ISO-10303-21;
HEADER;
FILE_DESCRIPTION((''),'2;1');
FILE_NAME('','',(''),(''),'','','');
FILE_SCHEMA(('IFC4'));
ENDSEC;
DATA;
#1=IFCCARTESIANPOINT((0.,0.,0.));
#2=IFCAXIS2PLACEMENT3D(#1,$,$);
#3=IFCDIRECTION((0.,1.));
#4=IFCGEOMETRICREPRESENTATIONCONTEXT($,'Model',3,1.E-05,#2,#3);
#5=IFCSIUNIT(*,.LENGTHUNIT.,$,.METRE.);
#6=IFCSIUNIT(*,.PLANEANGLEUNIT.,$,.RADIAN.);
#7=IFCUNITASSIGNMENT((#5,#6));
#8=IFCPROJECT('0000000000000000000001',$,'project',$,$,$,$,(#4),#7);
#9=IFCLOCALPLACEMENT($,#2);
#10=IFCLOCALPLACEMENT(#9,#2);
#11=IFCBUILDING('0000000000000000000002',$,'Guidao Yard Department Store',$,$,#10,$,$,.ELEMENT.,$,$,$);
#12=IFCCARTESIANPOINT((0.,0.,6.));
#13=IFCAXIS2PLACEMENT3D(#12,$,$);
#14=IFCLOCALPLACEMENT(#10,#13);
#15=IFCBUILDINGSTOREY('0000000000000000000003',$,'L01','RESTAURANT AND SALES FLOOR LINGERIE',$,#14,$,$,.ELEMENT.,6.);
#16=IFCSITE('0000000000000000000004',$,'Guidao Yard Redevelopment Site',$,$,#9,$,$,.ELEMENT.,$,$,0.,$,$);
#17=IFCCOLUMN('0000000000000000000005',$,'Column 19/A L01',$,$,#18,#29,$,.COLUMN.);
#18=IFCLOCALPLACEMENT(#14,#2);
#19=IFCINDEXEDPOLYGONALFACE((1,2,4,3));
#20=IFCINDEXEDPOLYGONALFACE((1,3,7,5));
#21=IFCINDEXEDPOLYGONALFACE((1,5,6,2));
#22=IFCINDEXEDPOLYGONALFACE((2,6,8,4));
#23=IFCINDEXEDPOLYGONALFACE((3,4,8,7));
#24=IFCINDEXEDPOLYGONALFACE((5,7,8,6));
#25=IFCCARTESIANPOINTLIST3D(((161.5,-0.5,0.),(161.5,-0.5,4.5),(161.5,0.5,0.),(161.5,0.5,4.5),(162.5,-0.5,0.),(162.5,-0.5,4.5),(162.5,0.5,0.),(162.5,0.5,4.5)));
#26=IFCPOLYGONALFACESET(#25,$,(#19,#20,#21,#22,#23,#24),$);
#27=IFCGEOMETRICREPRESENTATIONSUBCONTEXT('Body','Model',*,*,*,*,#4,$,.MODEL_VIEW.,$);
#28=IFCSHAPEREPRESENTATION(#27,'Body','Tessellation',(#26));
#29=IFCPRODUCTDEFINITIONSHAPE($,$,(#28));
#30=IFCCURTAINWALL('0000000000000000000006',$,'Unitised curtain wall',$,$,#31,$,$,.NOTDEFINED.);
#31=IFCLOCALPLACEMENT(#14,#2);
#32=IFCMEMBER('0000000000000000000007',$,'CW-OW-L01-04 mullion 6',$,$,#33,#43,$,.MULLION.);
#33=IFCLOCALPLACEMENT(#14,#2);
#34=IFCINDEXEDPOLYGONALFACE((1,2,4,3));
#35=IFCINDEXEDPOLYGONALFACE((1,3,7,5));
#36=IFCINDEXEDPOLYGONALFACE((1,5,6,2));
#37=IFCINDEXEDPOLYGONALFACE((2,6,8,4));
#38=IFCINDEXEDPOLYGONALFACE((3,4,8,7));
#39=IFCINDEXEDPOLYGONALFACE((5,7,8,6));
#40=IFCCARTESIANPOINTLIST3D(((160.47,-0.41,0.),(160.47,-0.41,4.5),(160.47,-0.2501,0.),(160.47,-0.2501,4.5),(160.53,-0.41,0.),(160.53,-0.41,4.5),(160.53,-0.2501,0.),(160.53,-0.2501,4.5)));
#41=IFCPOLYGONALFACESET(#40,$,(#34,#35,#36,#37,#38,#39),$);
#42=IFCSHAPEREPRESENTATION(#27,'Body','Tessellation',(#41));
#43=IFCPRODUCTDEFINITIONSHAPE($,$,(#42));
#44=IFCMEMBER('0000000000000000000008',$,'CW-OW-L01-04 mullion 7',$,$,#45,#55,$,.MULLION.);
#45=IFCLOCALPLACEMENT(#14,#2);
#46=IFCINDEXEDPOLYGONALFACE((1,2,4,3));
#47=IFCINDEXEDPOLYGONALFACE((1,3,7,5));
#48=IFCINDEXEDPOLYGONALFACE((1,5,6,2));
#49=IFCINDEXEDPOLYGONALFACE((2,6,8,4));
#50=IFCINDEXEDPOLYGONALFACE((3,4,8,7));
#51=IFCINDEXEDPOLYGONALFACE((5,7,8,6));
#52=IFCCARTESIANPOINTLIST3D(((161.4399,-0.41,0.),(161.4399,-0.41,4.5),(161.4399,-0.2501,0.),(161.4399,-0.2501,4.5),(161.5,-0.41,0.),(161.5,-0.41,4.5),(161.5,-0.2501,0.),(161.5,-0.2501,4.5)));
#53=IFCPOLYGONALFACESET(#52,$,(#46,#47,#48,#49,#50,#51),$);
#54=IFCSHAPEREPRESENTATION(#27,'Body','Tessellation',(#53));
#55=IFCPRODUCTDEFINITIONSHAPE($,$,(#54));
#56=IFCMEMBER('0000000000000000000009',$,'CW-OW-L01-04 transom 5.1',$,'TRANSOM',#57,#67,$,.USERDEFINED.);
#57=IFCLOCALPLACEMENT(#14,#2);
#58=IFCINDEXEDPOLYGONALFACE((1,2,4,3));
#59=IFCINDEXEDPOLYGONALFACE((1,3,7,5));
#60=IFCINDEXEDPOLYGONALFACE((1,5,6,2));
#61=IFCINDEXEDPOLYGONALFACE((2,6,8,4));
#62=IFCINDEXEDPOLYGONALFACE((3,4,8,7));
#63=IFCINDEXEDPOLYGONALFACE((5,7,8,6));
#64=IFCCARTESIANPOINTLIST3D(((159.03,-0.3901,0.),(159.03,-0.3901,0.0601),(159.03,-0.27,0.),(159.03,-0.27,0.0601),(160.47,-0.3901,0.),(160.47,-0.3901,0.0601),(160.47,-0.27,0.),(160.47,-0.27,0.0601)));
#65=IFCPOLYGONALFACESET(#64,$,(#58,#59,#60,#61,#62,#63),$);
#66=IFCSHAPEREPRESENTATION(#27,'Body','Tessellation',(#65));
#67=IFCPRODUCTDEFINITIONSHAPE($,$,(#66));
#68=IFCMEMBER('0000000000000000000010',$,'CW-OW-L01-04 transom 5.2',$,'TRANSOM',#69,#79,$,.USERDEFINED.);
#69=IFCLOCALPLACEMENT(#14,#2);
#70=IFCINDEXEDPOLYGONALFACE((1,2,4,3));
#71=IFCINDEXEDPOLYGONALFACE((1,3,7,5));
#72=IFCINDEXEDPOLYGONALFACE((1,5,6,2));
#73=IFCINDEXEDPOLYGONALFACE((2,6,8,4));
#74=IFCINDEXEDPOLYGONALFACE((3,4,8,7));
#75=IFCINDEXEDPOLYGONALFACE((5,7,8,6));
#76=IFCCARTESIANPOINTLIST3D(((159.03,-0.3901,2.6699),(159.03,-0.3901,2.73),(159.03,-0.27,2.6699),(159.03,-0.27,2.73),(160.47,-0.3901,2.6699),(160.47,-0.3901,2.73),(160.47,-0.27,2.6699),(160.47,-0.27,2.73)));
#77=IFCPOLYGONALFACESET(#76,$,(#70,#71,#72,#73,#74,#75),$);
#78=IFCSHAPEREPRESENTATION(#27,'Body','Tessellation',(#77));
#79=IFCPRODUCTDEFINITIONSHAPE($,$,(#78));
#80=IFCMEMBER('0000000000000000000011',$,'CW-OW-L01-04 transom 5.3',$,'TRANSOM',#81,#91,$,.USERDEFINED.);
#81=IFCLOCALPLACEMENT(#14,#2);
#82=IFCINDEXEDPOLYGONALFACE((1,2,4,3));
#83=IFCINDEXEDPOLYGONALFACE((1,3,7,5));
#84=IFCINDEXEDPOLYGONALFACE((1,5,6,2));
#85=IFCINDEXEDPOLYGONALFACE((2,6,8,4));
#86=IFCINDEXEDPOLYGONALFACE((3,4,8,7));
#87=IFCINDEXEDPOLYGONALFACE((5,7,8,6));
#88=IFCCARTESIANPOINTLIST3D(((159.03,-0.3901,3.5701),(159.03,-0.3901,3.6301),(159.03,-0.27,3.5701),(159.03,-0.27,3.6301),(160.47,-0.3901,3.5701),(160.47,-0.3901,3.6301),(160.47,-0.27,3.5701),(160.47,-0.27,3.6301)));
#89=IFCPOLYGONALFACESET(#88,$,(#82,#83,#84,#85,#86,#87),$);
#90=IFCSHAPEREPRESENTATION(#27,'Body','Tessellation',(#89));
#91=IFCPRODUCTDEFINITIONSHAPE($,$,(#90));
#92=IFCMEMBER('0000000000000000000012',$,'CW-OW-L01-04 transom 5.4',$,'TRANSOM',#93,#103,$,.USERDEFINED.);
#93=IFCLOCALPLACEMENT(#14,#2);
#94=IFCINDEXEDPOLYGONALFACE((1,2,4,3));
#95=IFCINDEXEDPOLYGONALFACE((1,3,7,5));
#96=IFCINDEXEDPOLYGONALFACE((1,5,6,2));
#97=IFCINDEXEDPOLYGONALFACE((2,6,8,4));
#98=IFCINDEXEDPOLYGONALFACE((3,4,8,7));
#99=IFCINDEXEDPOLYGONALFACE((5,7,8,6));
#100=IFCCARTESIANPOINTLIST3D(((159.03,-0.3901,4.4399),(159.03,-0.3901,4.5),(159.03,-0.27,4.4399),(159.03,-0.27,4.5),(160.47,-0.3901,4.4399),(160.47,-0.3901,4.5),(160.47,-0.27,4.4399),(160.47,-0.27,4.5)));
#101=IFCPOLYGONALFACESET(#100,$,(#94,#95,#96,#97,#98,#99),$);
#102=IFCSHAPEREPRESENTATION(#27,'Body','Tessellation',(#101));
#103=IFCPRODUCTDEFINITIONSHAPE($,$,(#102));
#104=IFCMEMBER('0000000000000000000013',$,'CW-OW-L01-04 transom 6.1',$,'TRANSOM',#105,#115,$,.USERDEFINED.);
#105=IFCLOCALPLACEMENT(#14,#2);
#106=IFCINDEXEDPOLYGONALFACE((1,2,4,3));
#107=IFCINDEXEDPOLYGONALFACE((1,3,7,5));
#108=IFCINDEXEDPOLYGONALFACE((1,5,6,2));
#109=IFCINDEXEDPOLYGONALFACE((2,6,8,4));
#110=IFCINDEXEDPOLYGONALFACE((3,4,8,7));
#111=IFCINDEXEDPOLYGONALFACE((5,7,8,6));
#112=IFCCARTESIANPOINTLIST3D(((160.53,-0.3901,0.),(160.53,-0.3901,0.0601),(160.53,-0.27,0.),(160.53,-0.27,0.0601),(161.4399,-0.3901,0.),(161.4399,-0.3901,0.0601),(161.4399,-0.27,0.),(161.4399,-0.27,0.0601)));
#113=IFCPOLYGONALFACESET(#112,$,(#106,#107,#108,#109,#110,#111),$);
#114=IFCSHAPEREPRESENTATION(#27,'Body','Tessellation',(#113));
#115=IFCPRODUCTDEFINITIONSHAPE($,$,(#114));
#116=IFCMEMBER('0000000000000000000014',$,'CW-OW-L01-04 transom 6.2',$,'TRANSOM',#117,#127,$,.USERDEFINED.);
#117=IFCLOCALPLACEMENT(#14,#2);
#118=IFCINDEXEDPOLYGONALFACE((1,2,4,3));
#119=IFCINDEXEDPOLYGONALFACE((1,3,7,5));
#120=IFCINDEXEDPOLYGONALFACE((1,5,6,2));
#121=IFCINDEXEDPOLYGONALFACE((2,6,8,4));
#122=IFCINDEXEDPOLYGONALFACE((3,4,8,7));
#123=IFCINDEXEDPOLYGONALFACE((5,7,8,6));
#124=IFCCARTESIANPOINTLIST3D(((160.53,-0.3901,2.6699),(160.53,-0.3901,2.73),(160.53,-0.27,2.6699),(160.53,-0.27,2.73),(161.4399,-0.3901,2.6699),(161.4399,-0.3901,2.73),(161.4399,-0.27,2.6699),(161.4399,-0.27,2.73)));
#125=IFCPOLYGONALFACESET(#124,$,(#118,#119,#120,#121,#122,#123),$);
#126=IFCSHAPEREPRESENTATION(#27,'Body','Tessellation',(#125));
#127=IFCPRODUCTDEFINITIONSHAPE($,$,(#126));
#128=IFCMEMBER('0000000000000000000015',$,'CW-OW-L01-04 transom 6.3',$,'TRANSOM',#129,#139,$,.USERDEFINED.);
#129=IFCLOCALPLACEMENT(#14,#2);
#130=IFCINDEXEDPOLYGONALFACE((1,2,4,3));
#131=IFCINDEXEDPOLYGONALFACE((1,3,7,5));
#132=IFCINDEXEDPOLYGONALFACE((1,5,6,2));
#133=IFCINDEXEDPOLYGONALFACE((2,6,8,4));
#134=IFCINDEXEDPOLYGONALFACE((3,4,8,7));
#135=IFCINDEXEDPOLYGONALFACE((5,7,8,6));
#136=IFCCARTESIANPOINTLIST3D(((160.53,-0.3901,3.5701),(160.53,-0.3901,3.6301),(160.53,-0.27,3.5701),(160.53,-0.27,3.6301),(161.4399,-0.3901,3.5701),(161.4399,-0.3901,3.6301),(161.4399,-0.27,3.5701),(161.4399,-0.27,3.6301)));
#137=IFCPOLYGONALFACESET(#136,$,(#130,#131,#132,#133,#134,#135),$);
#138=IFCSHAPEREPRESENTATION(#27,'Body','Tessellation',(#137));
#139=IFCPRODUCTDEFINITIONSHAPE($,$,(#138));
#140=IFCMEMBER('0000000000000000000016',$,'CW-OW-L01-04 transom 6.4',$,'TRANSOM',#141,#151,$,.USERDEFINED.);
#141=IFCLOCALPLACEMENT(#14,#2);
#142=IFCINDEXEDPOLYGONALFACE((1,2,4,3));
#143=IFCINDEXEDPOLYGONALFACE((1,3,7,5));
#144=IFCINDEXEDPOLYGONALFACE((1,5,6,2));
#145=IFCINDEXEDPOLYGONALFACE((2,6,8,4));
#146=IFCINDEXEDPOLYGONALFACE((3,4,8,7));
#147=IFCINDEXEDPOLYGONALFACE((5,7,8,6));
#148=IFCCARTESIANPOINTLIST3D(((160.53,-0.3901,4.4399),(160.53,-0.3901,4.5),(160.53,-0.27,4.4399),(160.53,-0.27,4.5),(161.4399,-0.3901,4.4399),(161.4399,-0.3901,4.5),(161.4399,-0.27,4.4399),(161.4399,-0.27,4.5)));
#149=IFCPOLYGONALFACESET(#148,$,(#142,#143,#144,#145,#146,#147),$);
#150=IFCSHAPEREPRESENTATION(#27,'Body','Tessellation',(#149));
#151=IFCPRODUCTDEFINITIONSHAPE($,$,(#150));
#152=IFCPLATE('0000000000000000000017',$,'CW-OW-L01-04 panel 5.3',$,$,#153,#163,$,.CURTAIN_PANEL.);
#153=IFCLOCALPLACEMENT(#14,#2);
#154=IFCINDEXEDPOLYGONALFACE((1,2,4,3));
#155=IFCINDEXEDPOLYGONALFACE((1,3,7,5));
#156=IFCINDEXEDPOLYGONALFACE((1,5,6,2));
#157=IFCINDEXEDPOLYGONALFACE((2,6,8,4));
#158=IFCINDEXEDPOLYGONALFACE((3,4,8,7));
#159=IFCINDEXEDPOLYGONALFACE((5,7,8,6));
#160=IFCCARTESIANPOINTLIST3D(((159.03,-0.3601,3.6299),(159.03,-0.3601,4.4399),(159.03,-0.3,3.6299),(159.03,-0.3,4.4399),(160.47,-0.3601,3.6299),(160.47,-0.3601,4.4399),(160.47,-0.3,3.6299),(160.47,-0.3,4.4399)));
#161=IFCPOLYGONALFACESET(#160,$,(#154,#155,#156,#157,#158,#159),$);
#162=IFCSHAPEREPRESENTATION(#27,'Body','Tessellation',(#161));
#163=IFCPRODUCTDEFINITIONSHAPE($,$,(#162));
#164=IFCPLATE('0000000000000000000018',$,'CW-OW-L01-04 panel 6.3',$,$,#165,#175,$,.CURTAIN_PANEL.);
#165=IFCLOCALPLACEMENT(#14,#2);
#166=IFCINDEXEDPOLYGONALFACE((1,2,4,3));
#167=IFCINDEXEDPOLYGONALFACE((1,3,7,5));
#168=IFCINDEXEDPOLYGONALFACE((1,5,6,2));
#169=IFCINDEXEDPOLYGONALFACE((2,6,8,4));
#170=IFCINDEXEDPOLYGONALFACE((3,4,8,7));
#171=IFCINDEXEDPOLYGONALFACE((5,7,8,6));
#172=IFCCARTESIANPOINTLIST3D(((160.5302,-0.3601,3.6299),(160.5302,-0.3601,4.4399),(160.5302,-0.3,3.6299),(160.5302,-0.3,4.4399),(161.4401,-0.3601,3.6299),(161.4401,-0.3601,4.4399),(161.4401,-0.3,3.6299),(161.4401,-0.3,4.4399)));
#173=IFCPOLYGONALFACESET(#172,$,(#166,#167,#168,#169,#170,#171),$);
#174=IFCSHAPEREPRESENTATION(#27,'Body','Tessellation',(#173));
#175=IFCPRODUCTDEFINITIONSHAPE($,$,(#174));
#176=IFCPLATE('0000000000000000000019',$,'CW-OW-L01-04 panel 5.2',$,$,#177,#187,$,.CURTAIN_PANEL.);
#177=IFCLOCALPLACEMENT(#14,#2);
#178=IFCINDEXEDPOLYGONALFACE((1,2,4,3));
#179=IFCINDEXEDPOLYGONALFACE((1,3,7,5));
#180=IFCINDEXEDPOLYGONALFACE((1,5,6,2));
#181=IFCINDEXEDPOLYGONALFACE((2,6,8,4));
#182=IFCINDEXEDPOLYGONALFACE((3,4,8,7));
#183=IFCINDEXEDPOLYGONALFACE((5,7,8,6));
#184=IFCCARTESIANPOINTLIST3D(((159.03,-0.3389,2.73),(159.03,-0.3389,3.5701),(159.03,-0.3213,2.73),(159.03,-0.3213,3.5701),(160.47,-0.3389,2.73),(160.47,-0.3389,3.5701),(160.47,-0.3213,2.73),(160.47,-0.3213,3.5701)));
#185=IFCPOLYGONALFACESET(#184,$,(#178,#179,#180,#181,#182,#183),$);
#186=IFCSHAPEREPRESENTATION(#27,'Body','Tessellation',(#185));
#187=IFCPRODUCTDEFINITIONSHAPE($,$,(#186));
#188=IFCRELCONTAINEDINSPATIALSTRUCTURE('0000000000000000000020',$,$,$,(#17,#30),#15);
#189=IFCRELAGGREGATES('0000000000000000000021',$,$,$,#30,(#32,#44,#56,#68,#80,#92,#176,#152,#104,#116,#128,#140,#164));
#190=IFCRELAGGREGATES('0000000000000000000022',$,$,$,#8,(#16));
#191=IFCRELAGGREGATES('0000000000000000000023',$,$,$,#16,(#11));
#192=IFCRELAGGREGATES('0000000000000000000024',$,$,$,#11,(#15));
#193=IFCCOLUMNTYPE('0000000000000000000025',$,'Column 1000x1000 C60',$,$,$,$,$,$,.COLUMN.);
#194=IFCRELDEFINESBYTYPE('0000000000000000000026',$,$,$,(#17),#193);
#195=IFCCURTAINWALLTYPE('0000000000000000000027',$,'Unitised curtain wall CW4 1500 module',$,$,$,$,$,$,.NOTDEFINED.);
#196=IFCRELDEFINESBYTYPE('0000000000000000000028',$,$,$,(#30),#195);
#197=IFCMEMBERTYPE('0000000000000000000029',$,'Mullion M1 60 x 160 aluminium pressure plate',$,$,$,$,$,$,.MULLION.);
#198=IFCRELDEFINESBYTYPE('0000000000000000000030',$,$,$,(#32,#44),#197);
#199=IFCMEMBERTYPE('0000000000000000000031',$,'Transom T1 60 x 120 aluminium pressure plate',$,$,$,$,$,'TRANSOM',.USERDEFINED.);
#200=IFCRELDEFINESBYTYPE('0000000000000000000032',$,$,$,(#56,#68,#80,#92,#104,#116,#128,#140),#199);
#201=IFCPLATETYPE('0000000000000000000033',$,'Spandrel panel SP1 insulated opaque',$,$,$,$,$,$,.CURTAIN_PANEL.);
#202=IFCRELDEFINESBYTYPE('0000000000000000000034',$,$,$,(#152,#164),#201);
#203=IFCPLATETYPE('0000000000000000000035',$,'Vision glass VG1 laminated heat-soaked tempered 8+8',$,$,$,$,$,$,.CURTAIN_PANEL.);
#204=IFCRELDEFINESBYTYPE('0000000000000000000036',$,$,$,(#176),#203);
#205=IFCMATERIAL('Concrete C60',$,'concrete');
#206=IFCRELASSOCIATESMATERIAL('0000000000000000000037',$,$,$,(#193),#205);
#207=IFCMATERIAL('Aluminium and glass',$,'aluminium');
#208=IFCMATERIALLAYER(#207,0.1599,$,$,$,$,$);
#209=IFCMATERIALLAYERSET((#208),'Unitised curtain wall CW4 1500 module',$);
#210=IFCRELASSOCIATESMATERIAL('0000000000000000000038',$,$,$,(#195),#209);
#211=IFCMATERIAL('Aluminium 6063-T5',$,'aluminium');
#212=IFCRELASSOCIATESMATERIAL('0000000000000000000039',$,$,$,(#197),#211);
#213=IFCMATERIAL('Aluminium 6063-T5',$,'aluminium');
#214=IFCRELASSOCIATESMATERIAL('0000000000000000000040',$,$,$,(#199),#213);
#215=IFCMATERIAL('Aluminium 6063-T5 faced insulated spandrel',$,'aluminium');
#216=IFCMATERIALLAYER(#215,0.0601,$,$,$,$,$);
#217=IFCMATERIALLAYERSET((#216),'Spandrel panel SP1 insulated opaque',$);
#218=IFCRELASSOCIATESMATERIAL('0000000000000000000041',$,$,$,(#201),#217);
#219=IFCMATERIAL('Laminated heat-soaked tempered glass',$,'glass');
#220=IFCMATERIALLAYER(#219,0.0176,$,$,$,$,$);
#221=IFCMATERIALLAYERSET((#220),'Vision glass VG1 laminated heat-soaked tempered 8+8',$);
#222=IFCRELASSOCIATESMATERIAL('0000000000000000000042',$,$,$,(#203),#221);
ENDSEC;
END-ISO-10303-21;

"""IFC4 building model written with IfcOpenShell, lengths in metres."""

from ifc_helpers import new_model, si_unit, direction, frame, origin, origin_2d, place, context, subcontext, project, spatial, rectangle, extrude, material, layer, layer_set, material_profile, profile_set, type_object, element, aggregate, save


model = new_model("IFC4")

# Units and contexts
model_context = context("Model", 3, precision=1e-05, world=origin(), true_north=direction((0.0, 1.0)))
body_context = subcontext(model_context, "Body", "Model", "MODEL_VIEW")
ifc_project = project(units=[si_unit("LENGTHUNIT", "METRE"), si_unit("PLANEANGLEUNIT", "RADIAN")], contexts=[model_context])

# Site, building, storey
site_placement = place(None, origin())
site = spatial("IfcSite", under=ifc_project, at=site_placement, Name="Guidao Yard Redevelopment Site", CompositionType="ELEMENT", RefElevation=0.0)
building_placement = place(site_placement, origin())
building = spatial("IfcBuilding", under=site, at=building_placement, Name="Guidao Yard Department Store", CompositionType="ELEMENT")
storey_placement = place(building_placement, frame((0.0, 0.0, 6.0)))
storey = spatial("IfcBuildingStorey", under=building, at=storey_placement, Name="L01", Description="RESTAURANT AND SALES FLOOR LINGERIE", CompositionType="ELEMENT", Elevation=6.0)

# Column
ifc_material_1 = material(Name="Concrete C60", Category="concrete")
ifc_material_profile_1 = material_profile(ifc_material_1, rectangle(XDim=1.0, YDim=1.0, at=origin_2d()), Name="COL 1000x1000")
ifc_profile_set_1 = profile_set([ifc_material_profile_1], Name="Concrete C60")
column_type = type_object("IfcColumnType", Name="Column 1000x1000 C60", PredefinedType="COLUMN", material=ifc_profile_set_1)
column_placement = place(storey_placement, frame((162.0, 0.0, 0.0), z_axis=(0.0, 0.0, 1.0), x_axis=(1.0, 0.0, 0.0)))
element("IfcColumn", 1, at=column_placement, inside=storey, type_object=column_type, Name="Column 19/A L01", PredefinedType="COLUMN", context=body_context, shape_type="SweptSolid", body=[
    extrude(rectangle(XDim=1.0, YDim=1.0, at=origin_2d()), origin(), (0.0, 0.0, 1.0), 4.5),
])

# Curtain wall, members, plates
ifc_material_2 = material(Name="Aluminium and glass", Category="aluminium")
ifc_layer_1 = layer(ifc_material_2, 0.1599)
ifc_layer_set_1 = layer_set([ifc_layer_1], Name="Unitised curtain wall CW4 1500 module")
curtain_wall_type = type_object("IfcCurtainWallType", Name="Unitised curtain wall CW4 1500 module", PredefinedType="NOTDEFINED", material=ifc_layer_set_1)
curtain_wall_placement = place(storey_placement, origin())
curtain_wall = element("IfcCurtainWall", 2, at=curtain_wall_placement, inside=storey, type_object=curtain_wall_type, Name="Unitised curtain wall", PredefinedType="NOTDEFINED")
ifc_material_3 = material(Name="Aluminium 6063-T5", Category="aluminium")
ifc_material_profile_2 = material_profile(ifc_material_3, rectangle(XDim=0.0601, YDim=0.1599, at=origin_2d()), Name="Mullion M1 60 x 160 aluminium pressure plate")
ifc_profile_set_2 = profile_set([ifc_material_profile_2], Name="Aluminium 6063-T5")
member_type_1 = type_object("IfcMemberType", Name="Mullion M1 60 x 160 aluminium pressure plate", PredefinedType="MULLION", material=ifc_profile_set_2)
member_1_placement = place(storey_placement, frame((160.5, -0.3301, 0.0), z_axis=(0.0, 0.0, 1.0), x_axis=(-1.0, 0.0, 0.0)))
member_1 = element("IfcMember", 3, at=member_1_placement, type_object=member_type_1, Name="CW-OW-L01-04 mullion 6", PredefinedType="MULLION", context=body_context, shape_type="SweptSolid", body=[
    extrude(rectangle(XDim=0.0601, YDim=0.1599, at=origin_2d()), origin(), (0.0, 0.0, 1.0), 4.5),
])
member_2_placement = place(storey_placement, frame((161.47, -0.3301, 0.0), z_axis=(0.0, 0.0, 1.0), x_axis=(-1.0, 0.0, 0.0)))
member_2 = element("IfcMember", 4, at=member_2_placement, type_object=member_type_1, Name="CW-OW-L01-04 mullion 7", PredefinedType="MULLION", context=body_context, shape_type="SweptSolid", body=[
    extrude(rectangle(XDim=0.0601, YDim=0.1599, at=origin_2d()), origin(), (0.0, 0.0, 1.0), 4.5),
])
ifc_material_4 = material(Name="Aluminium 6063-T5", Category="aluminium")
ifc_material_profile_3 = material_profile(ifc_material_4, rectangle(XDim=0.1201, YDim=0.0601, at=origin_2d()), Name="Transom T1 60 x 120 aluminium pressure plate")
ifc_profile_set_3 = profile_set([ifc_material_profile_3], Name="Aluminium 6063-T5")
member_type_2 = type_object("IfcMemberType", Name="Transom T1 60 x 120 aluminium pressure plate", ElementType="TRANSOM", PredefinedType="USERDEFINED", material=ifc_profile_set_3)
member_3_placement = place(storey_placement, frame((160.47, -0.3301, 0.03), z_axis=(-1.0, 0.0, 0.0), x_axis=(0.0, -1.0, 0.0)))
member_3 = element("IfcMember", 5, at=member_3_placement, type_object=member_type_2, Name="CW-OW-L01-04 transom 5.1", ObjectType="TRANSOM", PredefinedType="USERDEFINED", context=body_context, shape_type="SweptSolid", body=[
    extrude(rectangle(XDim=0.1201, YDim=0.0601, at=origin_2d()), origin(), (0.0, 0.0, 1.0), 1.4399),
])
member_4_placement = place(storey_placement, frame((160.47, -0.3301, 2.7), z_axis=(-1.0, 0.0, 0.0), x_axis=(0.0, -1.0, 0.0)))
member_4 = element("IfcMember", 6, at=member_4_placement, type_object=member_type_2, Name="CW-OW-L01-04 transom 5.2", ObjectType="TRANSOM", PredefinedType="USERDEFINED", context=body_context, shape_type="SweptSolid", body=[
    extrude(rectangle(XDim=0.1201, YDim=0.0601, at=origin_2d()), origin(), (0.0, 0.0, 1.0), 1.4399),
])
member_5_placement = place(storey_placement, frame((160.47, -0.3301, 3.6001), z_axis=(-1.0, 0.0, 0.0), x_axis=(0.0, -1.0, 0.0)))
member_5 = element("IfcMember", 7, at=member_5_placement, type_object=member_type_2, Name="CW-OW-L01-04 transom 5.3", ObjectType="TRANSOM", PredefinedType="USERDEFINED", context=body_context, shape_type="SweptSolid", body=[
    extrude(rectangle(XDim=0.1201, YDim=0.0601, at=origin_2d()), origin(), (0.0, 0.0, 1.0), 1.4399),
])
member_6_placement = place(storey_placement, frame((160.47, -0.3301, 4.47), z_axis=(-1.0, 0.0, 0.0), x_axis=(0.0, -1.0, 0.0)))
member_6 = element("IfcMember", 8, at=member_6_placement, type_object=member_type_2, Name="CW-OW-L01-04 transom 5.4", ObjectType="TRANSOM", PredefinedType="USERDEFINED", context=body_context, shape_type="SweptSolid", body=[
    extrude(rectangle(XDim=0.1201, YDim=0.0601, at=origin_2d()), origin(), (0.0, 0.0, 1.0), 1.4399),
])
member_7_placement = place(storey_placement, frame((161.4399, -0.3301, 0.03), z_axis=(-1.0, 0.0, 0.0), x_axis=(0.0, -1.0, 0.0)))
member_7 = element("IfcMember", 9, at=member_7_placement, type_object=member_type_2, Name="CW-OW-L01-04 transom 6.1", ObjectType="TRANSOM", PredefinedType="USERDEFINED", context=body_context, shape_type="SweptSolid", body=[
    extrude(rectangle(XDim=0.1201, YDim=0.0601, at=origin_2d()), origin(), (0.0, 0.0, 1.0), 0.9099),
])
member_8_placement = place(storey_placement, frame((161.4399, -0.3301, 2.7), z_axis=(-1.0, 0.0, 0.0), x_axis=(0.0, -1.0, 0.0)))
member_8 = element("IfcMember", 10, at=member_8_placement, type_object=member_type_2, Name="CW-OW-L01-04 transom 6.2", ObjectType="TRANSOM", PredefinedType="USERDEFINED", context=body_context, shape_type="SweptSolid", body=[
    extrude(rectangle(XDim=0.1201, YDim=0.0601, at=origin_2d()), origin(), (0.0, 0.0, 1.0), 0.9099),
])
member_9_placement = place(storey_placement, frame((161.4399, -0.3301, 3.6001), z_axis=(-1.0, 0.0, 0.0), x_axis=(0.0, -1.0, 0.0)))
member_9 = element("IfcMember", 11, at=member_9_placement, type_object=member_type_2, Name="CW-OW-L01-04 transom 6.3", ObjectType="TRANSOM", PredefinedType="USERDEFINED", context=body_context, shape_type="SweptSolid", body=[
    extrude(rectangle(XDim=0.1201, YDim=0.0601, at=origin_2d()), origin(), (0.0, 0.0, 1.0), 0.9099),
])
member_10_placement = place(storey_placement, frame((161.4399, -0.3301, 4.47), z_axis=(-1.0, 0.0, 0.0), x_axis=(0.0, -1.0, 0.0)))
member_10 = element("IfcMember", 12, at=member_10_placement, type_object=member_type_2, Name="CW-OW-L01-04 transom 6.4", ObjectType="TRANSOM", PredefinedType="USERDEFINED", context=body_context, shape_type="SweptSolid", body=[
    extrude(rectangle(XDim=0.1201, YDim=0.0601, at=origin_2d()), origin(), (0.0, 0.0, 1.0), 0.9099),
])
ifc_material_5 = material(Name="Aluminium 6063-T5 faced insulated spandrel", Category="aluminium")
ifc_layer_2 = layer(ifc_material_5, 0.0601)
ifc_layer_set_2 = layer_set([ifc_layer_2], Name="Spandrel panel SP1 insulated opaque")
plate_type_1 = type_object("IfcPlateType", Name="Spandrel panel SP1 insulated opaque", PredefinedType="CURTAIN_PANEL", material=ifc_layer_set_2)
plate_1_placement = place(storey_placement, frame((159.75, -0.3301, 3.6299), z_axis=(0.0, 0.0, 1.0), x_axis=(-1.0, 0.0, 0.0)))
plate_1 = element("IfcPlate", 13, at=plate_1_placement, type_object=plate_type_1, Name="CW-OW-L01-04 panel 5.3", PredefinedType="CURTAIN_PANEL", context=body_context, shape_type="SweptSolid", body=[
    extrude(rectangle(XDim=1.4399, YDim=0.0601, at=origin_2d()), origin(), (0.0, 0.0, 1.0), 0.8101),
])
plate_2_placement = place(storey_placement, frame((160.9851, -0.3301, 3.6299), z_axis=(0.0, 0.0, 1.0), x_axis=(-1.0, 0.0, 0.0)))
plate_2 = element("IfcPlate", 14, at=plate_2_placement, type_object=plate_type_1, Name="CW-OW-L01-04 panel 6.3", PredefinedType="CURTAIN_PANEL", context=body_context, shape_type="SweptSolid", body=[
    extrude(rectangle(XDim=0.9099, YDim=0.0601, at=origin_2d()), origin(), (0.0, 0.0, 1.0), 0.8101),
])
ifc_material_6 = material(Name="Laminated heat-soaked tempered glass", Category="glass")
ifc_layer_3 = layer(ifc_material_6, 0.0176)
ifc_layer_set_3 = layer_set([ifc_layer_3], Name="Vision glass VG1 laminated heat-soaked tempered 8+8")
plate_type_2 = type_object("IfcPlateType", Name="Vision glass VG1 laminated heat-soaked tempered 8+8", PredefinedType="CURTAIN_PANEL", material=ifc_layer_set_3)
plate_3_placement = place(storey_placement, frame((159.75, -0.3301, 2.73), z_axis=(0.0, 0.0, 1.0), x_axis=(-1.0, 0.0, 0.0)))
plate_3 = element("IfcPlate", 15, at=plate_3_placement, type_object=plate_type_2, Name="CW-OW-L01-04 panel 5.2", PredefinedType="CURTAIN_PANEL", context=body_context, shape_type="SweptSolid", body=[
    extrude(rectangle(XDim=1.4399, YDim=0.0176, at=origin_2d()), origin(), (0.0, 0.0, 1.0), 0.8401),
])
aggregate(curtain_wall, [member_1, member_2, member_3, member_4, member_5, member_6, plate_3, plate_1, member_7, member_8, member_9, member_10, plate_2])

save(model, "model.ifc")
